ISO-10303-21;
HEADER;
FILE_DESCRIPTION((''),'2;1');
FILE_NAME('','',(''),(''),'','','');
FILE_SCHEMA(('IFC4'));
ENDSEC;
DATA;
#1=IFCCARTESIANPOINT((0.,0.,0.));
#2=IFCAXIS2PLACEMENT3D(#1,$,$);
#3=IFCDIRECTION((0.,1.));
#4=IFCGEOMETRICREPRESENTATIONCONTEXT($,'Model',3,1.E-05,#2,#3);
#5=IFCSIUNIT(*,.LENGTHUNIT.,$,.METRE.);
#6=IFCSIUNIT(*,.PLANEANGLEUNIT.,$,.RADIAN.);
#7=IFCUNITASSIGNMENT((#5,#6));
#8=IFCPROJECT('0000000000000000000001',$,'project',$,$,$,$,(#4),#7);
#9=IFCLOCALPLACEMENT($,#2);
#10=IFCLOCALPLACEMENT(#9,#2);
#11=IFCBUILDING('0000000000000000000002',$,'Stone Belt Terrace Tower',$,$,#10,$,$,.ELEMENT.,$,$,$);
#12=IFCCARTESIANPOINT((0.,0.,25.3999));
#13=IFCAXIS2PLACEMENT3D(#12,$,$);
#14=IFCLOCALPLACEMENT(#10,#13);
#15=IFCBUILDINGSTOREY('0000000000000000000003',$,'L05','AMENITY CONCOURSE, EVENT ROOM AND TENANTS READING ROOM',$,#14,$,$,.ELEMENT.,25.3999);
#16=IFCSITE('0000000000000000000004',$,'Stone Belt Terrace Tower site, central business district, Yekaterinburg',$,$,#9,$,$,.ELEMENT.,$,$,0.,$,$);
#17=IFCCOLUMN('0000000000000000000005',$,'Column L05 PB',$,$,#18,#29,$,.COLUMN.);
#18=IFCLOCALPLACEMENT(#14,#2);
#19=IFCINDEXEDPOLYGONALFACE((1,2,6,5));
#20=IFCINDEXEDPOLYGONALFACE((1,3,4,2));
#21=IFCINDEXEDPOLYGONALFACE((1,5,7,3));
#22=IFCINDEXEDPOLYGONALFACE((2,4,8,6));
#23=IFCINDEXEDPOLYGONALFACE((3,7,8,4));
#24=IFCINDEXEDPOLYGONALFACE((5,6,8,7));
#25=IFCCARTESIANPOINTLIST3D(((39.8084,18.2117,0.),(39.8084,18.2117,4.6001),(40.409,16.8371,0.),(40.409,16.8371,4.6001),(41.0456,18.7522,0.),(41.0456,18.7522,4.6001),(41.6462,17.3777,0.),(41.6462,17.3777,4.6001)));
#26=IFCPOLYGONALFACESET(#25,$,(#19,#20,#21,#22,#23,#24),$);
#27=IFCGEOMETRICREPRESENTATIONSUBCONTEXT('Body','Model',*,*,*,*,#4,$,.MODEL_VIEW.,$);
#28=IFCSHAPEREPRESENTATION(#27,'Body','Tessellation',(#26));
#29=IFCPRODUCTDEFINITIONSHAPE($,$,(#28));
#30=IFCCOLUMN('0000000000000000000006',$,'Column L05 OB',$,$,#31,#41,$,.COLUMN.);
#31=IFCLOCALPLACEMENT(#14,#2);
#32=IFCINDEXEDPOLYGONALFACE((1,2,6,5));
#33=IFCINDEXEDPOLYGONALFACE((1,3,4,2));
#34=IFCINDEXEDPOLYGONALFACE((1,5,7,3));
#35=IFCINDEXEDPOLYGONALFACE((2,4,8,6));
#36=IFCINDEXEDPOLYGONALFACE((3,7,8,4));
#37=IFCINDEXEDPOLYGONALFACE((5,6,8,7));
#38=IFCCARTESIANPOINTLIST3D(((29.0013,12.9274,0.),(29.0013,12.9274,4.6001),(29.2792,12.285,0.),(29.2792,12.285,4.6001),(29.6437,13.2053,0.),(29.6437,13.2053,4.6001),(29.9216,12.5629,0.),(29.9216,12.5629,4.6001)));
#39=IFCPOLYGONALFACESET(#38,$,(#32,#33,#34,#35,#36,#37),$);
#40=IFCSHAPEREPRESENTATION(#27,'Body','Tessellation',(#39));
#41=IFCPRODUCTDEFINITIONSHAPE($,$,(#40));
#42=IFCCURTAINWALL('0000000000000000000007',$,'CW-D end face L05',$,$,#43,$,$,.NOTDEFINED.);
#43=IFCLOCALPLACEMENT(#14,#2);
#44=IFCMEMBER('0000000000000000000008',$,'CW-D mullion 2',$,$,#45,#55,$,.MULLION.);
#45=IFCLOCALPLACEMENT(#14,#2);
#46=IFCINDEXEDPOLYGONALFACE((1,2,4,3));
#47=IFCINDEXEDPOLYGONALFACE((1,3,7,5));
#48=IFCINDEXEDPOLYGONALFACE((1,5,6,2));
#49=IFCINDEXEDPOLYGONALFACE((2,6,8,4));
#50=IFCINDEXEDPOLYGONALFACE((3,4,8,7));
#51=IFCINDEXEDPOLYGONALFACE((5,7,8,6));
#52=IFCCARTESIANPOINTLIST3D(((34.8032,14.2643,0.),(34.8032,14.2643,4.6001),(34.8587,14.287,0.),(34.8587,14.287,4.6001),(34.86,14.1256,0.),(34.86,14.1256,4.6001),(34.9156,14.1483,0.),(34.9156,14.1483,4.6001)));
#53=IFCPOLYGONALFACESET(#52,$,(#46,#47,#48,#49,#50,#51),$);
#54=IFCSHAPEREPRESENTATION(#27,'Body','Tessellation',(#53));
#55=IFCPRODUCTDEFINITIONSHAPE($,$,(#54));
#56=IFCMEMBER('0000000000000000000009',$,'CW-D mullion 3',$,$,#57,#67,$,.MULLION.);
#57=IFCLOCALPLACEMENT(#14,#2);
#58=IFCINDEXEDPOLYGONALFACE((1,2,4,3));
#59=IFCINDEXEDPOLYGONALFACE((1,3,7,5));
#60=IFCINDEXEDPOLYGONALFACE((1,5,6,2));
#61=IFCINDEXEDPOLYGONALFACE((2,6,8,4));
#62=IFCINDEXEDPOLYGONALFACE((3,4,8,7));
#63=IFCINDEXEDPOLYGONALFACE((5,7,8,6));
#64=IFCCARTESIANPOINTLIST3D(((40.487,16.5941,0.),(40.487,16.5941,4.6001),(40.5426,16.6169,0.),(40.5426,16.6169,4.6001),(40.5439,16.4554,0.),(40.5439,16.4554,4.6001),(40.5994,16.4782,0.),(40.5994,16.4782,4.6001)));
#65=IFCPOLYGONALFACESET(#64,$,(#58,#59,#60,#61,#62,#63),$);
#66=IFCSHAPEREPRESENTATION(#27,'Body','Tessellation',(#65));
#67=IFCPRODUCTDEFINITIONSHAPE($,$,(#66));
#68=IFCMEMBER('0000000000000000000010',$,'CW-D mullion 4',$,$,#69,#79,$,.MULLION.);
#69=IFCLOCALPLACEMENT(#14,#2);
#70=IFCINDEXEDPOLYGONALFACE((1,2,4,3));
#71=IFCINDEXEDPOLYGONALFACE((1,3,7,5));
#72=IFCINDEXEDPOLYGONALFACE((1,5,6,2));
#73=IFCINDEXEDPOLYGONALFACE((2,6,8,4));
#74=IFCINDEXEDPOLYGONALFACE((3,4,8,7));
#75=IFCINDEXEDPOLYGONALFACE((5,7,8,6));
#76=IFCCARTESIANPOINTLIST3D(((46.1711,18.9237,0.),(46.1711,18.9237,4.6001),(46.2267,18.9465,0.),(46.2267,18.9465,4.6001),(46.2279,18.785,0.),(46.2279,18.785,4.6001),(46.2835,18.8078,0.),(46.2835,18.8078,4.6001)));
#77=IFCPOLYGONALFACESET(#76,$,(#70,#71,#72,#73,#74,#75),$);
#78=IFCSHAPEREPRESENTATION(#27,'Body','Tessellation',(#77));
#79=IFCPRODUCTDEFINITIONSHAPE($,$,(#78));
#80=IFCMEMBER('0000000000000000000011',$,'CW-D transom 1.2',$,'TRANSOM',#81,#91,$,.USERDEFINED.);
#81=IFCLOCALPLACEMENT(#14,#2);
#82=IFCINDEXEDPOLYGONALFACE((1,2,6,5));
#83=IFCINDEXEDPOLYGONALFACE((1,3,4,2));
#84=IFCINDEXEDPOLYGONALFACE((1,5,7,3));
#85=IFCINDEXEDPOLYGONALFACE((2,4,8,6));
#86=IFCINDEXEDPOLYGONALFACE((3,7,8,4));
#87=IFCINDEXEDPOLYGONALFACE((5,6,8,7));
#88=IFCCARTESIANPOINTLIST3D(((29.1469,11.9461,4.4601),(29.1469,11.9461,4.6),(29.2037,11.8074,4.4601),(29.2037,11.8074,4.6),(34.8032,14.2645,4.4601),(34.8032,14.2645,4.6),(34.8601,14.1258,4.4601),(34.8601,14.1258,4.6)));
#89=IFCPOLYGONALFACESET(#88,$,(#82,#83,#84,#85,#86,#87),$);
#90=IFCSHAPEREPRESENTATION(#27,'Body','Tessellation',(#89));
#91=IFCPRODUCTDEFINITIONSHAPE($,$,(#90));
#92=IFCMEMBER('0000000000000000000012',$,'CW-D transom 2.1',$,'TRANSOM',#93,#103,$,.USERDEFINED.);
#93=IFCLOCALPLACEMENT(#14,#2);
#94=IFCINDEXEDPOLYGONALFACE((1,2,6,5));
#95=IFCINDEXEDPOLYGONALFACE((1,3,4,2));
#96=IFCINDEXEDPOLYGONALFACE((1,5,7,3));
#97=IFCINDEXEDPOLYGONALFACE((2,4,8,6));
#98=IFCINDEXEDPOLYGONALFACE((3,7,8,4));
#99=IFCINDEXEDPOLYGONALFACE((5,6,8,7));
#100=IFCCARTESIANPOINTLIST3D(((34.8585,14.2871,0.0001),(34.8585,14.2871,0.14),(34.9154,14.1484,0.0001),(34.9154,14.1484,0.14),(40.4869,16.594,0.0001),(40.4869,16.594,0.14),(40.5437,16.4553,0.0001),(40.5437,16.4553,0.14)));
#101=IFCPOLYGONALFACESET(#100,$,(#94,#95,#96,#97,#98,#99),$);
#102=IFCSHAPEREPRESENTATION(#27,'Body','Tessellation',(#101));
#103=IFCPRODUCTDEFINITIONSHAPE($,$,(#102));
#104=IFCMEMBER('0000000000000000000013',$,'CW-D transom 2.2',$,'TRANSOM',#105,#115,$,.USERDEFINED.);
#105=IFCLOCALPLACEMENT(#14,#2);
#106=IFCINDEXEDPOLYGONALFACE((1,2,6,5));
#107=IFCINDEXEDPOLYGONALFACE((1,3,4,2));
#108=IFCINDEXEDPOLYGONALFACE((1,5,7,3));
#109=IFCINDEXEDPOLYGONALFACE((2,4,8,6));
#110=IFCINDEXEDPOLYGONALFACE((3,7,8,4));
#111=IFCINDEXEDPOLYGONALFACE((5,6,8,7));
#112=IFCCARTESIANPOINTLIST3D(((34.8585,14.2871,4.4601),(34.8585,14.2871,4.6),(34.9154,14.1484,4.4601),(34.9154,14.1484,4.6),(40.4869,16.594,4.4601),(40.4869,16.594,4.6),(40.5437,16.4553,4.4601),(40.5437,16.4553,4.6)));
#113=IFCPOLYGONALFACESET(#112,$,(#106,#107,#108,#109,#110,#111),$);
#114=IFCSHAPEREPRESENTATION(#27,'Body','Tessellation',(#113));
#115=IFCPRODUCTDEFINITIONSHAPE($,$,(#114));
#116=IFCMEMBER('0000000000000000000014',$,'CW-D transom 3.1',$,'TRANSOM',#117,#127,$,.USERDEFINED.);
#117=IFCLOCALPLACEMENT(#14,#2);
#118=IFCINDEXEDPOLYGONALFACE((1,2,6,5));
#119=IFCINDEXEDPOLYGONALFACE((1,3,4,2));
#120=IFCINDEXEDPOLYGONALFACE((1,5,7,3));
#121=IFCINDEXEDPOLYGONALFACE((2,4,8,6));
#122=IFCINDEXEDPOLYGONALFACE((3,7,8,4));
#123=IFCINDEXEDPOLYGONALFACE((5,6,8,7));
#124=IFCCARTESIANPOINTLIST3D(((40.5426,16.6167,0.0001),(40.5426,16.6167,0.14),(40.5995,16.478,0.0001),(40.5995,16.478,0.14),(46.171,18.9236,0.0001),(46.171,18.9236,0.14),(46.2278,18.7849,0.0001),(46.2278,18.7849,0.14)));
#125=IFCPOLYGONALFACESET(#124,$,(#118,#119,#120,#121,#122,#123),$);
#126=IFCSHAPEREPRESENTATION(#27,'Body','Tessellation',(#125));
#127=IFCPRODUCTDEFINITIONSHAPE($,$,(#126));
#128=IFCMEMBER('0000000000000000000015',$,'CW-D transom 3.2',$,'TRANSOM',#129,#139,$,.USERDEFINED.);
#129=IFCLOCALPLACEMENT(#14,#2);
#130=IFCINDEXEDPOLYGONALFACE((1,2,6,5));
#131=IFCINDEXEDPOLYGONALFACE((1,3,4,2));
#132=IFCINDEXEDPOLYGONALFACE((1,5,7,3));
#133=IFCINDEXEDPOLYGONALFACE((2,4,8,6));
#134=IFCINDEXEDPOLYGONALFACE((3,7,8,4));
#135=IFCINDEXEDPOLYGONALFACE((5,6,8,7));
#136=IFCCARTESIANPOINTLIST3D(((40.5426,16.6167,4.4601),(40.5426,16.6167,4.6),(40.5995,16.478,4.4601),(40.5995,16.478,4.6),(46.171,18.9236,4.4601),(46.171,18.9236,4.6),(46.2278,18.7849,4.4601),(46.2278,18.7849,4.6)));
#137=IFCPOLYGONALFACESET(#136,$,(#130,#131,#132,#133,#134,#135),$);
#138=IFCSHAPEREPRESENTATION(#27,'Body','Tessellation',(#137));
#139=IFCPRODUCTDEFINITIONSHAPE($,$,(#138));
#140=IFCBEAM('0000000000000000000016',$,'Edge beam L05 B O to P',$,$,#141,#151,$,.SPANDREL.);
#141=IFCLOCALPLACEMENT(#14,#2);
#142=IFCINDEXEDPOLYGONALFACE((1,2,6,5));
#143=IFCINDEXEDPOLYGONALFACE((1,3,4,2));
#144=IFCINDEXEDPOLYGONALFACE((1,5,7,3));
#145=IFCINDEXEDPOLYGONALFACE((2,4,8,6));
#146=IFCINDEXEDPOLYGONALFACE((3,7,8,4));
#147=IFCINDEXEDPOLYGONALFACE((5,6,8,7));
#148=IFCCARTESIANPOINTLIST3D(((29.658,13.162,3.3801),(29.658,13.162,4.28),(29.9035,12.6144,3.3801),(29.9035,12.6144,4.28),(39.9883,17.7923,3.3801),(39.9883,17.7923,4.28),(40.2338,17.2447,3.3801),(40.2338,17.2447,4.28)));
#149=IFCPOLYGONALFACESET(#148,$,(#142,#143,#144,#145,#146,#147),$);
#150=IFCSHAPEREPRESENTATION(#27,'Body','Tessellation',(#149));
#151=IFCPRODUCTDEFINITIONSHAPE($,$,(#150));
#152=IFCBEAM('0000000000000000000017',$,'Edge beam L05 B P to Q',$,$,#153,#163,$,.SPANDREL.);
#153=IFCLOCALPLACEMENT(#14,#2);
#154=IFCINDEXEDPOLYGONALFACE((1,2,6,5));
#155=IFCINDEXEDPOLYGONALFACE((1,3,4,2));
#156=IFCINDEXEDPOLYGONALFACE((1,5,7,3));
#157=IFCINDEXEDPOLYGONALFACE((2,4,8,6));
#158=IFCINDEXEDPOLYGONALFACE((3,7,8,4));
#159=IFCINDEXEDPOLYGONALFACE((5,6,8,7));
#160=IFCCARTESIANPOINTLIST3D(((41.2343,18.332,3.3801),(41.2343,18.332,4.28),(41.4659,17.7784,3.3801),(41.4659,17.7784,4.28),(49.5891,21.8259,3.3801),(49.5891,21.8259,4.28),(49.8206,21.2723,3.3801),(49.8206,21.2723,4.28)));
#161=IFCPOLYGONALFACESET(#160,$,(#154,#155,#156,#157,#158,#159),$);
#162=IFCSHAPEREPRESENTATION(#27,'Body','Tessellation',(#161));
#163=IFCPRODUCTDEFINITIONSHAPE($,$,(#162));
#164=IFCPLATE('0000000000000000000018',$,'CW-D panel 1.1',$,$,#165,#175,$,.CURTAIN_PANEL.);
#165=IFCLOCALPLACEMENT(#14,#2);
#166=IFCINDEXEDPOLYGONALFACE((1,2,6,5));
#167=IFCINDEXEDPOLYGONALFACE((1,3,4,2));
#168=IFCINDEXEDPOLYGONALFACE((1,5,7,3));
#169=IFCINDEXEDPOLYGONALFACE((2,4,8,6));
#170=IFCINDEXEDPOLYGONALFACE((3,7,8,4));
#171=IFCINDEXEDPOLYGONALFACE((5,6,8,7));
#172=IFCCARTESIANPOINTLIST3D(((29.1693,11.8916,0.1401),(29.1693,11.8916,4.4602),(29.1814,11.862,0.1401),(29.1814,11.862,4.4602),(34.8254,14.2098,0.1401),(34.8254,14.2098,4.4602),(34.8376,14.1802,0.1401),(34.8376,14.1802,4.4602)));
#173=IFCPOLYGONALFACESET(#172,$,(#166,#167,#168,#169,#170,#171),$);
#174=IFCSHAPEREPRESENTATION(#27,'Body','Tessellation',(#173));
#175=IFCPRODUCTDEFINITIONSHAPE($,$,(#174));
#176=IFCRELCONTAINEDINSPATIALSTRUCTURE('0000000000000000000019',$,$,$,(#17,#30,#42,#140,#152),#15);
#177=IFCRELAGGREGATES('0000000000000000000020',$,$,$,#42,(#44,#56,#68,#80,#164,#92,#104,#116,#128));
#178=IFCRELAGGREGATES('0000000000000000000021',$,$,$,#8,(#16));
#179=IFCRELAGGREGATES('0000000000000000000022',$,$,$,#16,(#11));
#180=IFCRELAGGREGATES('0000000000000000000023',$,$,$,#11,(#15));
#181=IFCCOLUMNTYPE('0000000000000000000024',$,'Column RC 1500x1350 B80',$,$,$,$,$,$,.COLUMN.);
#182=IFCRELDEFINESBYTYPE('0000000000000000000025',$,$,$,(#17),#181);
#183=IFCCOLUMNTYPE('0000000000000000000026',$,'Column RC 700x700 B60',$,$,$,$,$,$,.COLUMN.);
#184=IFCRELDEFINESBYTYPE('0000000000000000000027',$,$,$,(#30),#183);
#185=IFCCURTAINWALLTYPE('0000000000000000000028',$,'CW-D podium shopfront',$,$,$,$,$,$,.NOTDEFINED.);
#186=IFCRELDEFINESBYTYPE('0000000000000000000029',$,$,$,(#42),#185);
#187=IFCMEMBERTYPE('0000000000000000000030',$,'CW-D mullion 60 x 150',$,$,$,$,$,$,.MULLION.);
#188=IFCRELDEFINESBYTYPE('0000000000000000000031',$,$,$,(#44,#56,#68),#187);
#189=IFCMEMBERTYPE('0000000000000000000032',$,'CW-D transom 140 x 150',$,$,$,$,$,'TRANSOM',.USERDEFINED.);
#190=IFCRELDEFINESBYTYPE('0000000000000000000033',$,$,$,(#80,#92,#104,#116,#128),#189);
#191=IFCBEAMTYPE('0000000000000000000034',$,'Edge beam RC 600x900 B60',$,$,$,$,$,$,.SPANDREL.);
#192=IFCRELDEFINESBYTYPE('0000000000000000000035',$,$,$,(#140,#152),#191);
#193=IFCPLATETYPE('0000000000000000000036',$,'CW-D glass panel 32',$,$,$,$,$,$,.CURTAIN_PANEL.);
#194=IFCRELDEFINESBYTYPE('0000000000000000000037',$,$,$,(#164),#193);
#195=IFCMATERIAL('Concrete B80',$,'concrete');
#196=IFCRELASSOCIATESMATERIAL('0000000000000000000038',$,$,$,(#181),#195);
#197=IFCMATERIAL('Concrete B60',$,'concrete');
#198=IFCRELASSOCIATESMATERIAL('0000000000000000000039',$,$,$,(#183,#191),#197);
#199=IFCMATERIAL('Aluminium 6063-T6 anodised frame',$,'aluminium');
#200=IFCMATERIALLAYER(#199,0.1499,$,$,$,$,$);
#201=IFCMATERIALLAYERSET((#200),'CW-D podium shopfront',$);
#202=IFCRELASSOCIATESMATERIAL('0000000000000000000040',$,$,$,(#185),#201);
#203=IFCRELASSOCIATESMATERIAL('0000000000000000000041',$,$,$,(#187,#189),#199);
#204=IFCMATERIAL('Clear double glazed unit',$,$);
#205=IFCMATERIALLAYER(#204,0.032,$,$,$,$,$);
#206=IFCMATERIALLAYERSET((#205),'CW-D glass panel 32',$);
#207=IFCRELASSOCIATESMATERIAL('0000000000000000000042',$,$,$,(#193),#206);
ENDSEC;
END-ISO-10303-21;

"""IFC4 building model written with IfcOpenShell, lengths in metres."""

from ifc_helpers import new_model, si_unit, direction, frame, origin, origin_2d, place, context, subcontext, project, spatial, rectangle, extrude, material, layer, layer_set, material_profile, profile_set, type_object, element, aggregate, save


model = new_model("IFC4")

# Units and contexts
model_context = context("Model", 3, precision=1e-05, world=origin(), true_north=direction((0.0, 1.0)))
body_context = subcontext(model_context, "Body", "Model", "MODEL_VIEW")
ifc_project = project(units=[si_unit("LENGTHUNIT", "METRE"), si_unit("PLANEANGLEUNIT", "RADIAN")], contexts=[model_context])

# Site, building, storey
site_placement = place(None, origin())
site = spatial("IfcSite", under=ifc_project, at=site_placement, Name="Stone Belt Terrace Tower site, central business district, Yekaterinburg", CompositionType="ELEMENT", RefElevation=0.0)
building_placement = place(site_placement, origin())
building = spatial("IfcBuilding", under=site, at=building_placement, Name="Stone Belt Terrace Tower", CompositionType="ELEMENT")
storey_placement = place(building_placement, frame((0.0, 0.0, 25.3999)))
storey = spatial("IfcBuildingStorey", under=building, at=storey_placement, Name="L05", Description="AMENITY CONCOURSE, EVENT ROOM AND TENANTS READING ROOM", CompositionType="ELEMENT", Elevation=25.3999)

# Columns
ifc_material_1 = material(Name="Concrete B80", Category="concrete")
ifc_material_profile_1 = material_profile(ifc_material_1, rectangle(XDim=1.5, YDim=1.3501, at=origin_2d()), Name="RC 1500x1350")
ifc_profile_set_1 = profile_set([ifc_material_profile_1], Name="Concrete B80")
column_type_1 = type_object("IfcColumnType", Name="Column RC 1500x1350 B80", PredefinedType="COLUMN", material=ifc_profile_set_1)
column_1_placement = place(storey_placement, frame((40.7273, 17.7947, 0.0), z_axis=(0.0, 0.0, 1.0), x_axis=(0.400376, -0.916351, 0.0)))
element("IfcColumn", 1, at=column_1_placement, inside=storey, type_object=column_type_1, Name="Column L05 PB", PredefinedType="COLUMN", context=body_context, shape_type="SweptSolid", body=[
    extrude(rectangle(XDim=1.5, YDim=1.3501, at=origin_2d()), origin(), (0.0, 0.0, 1.0), 4.6001),
])
ifc_material_2 = material(Name="Concrete B60", Category="concrete")
ifc_material_profile_2 = material_profile(ifc_material_2, rectangle(XDim=0.7, YDim=0.7, at=origin_2d()), Name="RC 700x700")
ifc_profile_set_2 = profile_set([ifc_material_profile_2], Name="Concrete B60")
column_type_2 = type_object("IfcColumnType", Name="Column RC 700x700 B60", PredefinedType="COLUMN", material=ifc_profile_set_2)
column_2_placement = place(storey_placement, frame((29.4614, 12.7451, 0.0), z_axis=(0.0, 0.0, 1.0), x_axis=(0.397044, -0.9178, 0.0)))
element("IfcColumn", 2, at=column_2_placement, inside=storey, type_object=column_type_2, Name="Column L05 OB", PredefinedType="COLUMN", context=body_context, shape_type="SweptSolid", body=[
    extrude(rectangle(XDim=0.7, YDim=0.7, at=origin_2d()), origin(), (0.0, 0.0, 1.0), 4.6001),
])

# Curtain wall, members
ifc_material_3 = material(Name="Aluminium 6063-T6 anodised frame", Category="aluminium")
ifc_layer_1 = layer(ifc_material_3, 0.1499)
ifc_layer_set_1 = layer_set([ifc_layer_1], Name="CW-D podium shopfront")
curtain_wall_type = type_object("IfcCurtainWallType", Name="CW-D podium shopfront", PredefinedType="NOTDEFINED", material=ifc_layer_set_1)
curtain_wall_placement = place(storey_placement, origin())
curtain_wall = element("IfcCurtainWall", 3, at=curtain_wall_placement, inside=storey, type_object=curtain_wall_type, Name="CW-D end face L05", PredefinedType="NOTDEFINED")
ifc_material_profile_3 = material_profile(ifc_material_3, rectangle(XDim=0.1499, YDim=0.0601, at=origin_2d()), Name="Aluminium 6063-T6 60x150")
ifc_profile_set_3 = profile_set([ifc_material_profile_3], Name="Aluminium 6063-T6 anodised frame")
member_type_1 = type_object("IfcMemberType", Name="CW-D mullion 60 x 150", PredefinedType="MULLION", material=ifc_profile_set_3)
member_1_placement = place(storey_placement, frame((34.8594, 14.2063, 0.0), z_axis=(0.0, 0.0, 1.0), x_axis=(-0.379243, 0.925297, 0.0)))
member_1 = element("IfcMember", 4, at=member_1_placement, type_object=member_type_1, Name="CW-D mullion 2", PredefinedType="MULLION", context=body_context, shape_type="SweptSolid", body=[
    extrude(rectangle(XDim=0.1499, YDim=0.0601, at=origin_2d()), origin(), (0.0, 0.0, 1.0), 4.6001),
])
member_2_placement = place(storey_placement, frame((40.5432, 16.5361, 0.0), z_axis=(0.0, 0.0, 1.0), x_axis=(-0.379243, 0.925297, 0.0)))
member_2 = element("IfcMember", 5, at=member_2_placement, type_object=member_type_1, Name="CW-D mullion 3", PredefinedType="MULLION", context=body_context, shape_type="SweptSolid", body=[
    extrude(rectangle(XDim=0.1499, YDim=0.0601, at=origin_2d()), origin(), (0.0, 0.0, 1.0), 4.6001),
])
member_3_placement = place(storey_placement, frame((46.2273, 18.8657, 0.0), z_axis=(0.0, 0.0, 1.0), x_axis=(-0.379243, 0.925297, 0.0)))
member_3 = element("IfcMember", 6, at=member_3_placement, type_object=member_type_1, Name="CW-D mullion 4", PredefinedType="MULLION", context=body_context, shape_type="SweptSolid", body=[
    extrude(rectangle(XDim=0.1499, YDim=0.0601, at=origin_2d()), origin(), (0.0, 0.0, 1.0), 4.6001),
])
ifc_material_profile_4 = material_profile(ifc_material_3, rectangle(XDim=0.1499, YDim=0.1399, at=origin_2d()), Name="Aluminium 6063-T6 150x140")
ifc_profile_set_4 = profile_set([ifc_material_profile_4], Name="Aluminium 6063-T6 anodised frame")
member_type_2 = type_object("IfcMemberType", Name="CW-D transom 140 x 150", ElementType="TRANSOM", PredefinedType="USERDEFINED", material=ifc_profile_set_4)
member_4_placement = place(storey_placement, frame((29.1753, 11.8767, 4.53), z_axis=(0.925292, 0.379255, 0.0), x_axis=(-0.379255, 0.925292, 0.0)))
member_4 = element("IfcMember", 7, at=member_4_placement, type_object=member_type_2, Name="CW-D transom 1.2", ObjectType="TRANSOM", PredefinedType="USERDEFINED", context=body_context, shape_type="SweptSolid", body=[
    extrude(rectangle(XDim=0.1499, YDim=0.1399, at=origin_2d()), origin(), (0.0, 0.0, 1.0), 6.113),
])
member_5_placement = place(storey_placement, frame((34.887, 14.2178, 0.0701), z_axis=(0.925296, 0.379245, 0.0), x_axis=(-0.379245, 0.925296, 0.0)))
member_5 = element("IfcMember", 8, at=member_5_placement, type_object=member_type_2, Name="CW-D transom 2.1", ObjectType="TRANSOM", PredefinedType="USERDEFINED", context=body_context, shape_type="SweptSolid", body=[
    extrude(rectangle(XDim=0.1499, YDim=0.1399, at=origin_2d()), origin(), (0.0, 0.0, 1.0), 6.0828),
])
member_6_placement = place(storey_placement, frame((34.887, 14.2178, 4.53), z_axis=(0.925296, 0.379245, 0.0), x_axis=(-0.379245, 0.925296, 0.0)))
member_6 = element("IfcMember", 9, at=member_6_placement, type_object=member_type_2, Name="CW-D transom 2.2", ObjectType="TRANSOM", PredefinedType="USERDEFINED", context=body_context, shape_type="SweptSolid", body=[
    extrude(rectangle(XDim=0.1499, YDim=0.1399, at=origin_2d()), origin(), (0.0, 0.0, 1.0), 6.0828),
])
member_7_placement = place(storey_placement, frame((40.571, 16.5474, 0.0701), z_axis=(0.925296, 0.379245, 0.0), x_axis=(-0.379245, 0.925296, 0.0)))
member_7 = element("IfcMember", 10, at=member_7_placement, type_object=member_type_2, Name="CW-D transom 3.1", ObjectType="TRANSOM", PredefinedType="USERDEFINED", context=body_context, shape_type="SweptSolid", body=[
    extrude(rectangle(XDim=0.1499, YDim=0.1399, at=origin_2d()), origin(), (0.0, 0.0, 1.0), 6.0828),
])
member_8_placement = place(storey_placement, frame((40.571, 16.5474, 4.53), z_axis=(0.925296, 0.379245, 0.0), x_axis=(-0.379245, 0.925296, 0.0)))
member_8 = element("IfcMember", 11, at=member_8_placement, type_object=member_type_2, Name="CW-D transom 3.2", ObjectType="TRANSOM", PredefinedType="USERDEFINED", context=body_context, shape_type="SweptSolid", body=[
    extrude(rectangle(XDim=0.1499, YDim=0.1399, at=origin_2d()), origin(), (0.0, 0.0, 1.0), 6.0828),
])

# Beams
ifc_material_profile_5 = material_profile(ifc_material_2, rectangle(XDim=0.6001, YDim=0.8999, at=origin_2d()), Name="RC 600x900")
ifc_profile_set_5 = profile_set([ifc_material_profile_5], Name="Concrete B60")
beam_type = type_object("IfcBeamType", Name="Edge beam RC 600x900 B60", PredefinedType="SPANDREL", material=ifc_profile_set_5)
beam_1_placement = place(storey_placement, frame((29.7808, 12.8882, 3.8301), z_axis=(0.912525, 0.409022, 0.0), x_axis=(-0.409022, 0.912525, 0.0)))
element("IfcBeam", 12, at=beam_1_placement, inside=storey, type_object=beam_type, Name="Edge beam L05 B O to P", PredefinedType="SPANDREL", context=body_context, shape_type="SweptSolid", body=[
    extrude(rectangle(XDim=0.6001, YDim=0.8999, at=origin_2d()), origin(), (0.0, 0.0, 1.0), 11.3206),
])
beam_2_placement = place(storey_placement, frame((41.3501, 18.0552, 3.8301), z_axis=(0.922576, 0.385815, 0.0), x_axis=(-0.385815, 0.922576, 0.0)))
element("IfcBeam", 13, at=beam_2_placement, inside=storey, type_object=beam_type, Name="Edge beam L05 B P to Q", PredefinedType="SPANDREL", context=body_context, shape_type="SweptSolid", body=[
    extrude(rectangle(XDim=0.6001, YDim=0.8999, at=origin_2d()), origin(), (0.0, 0.0, 1.0), 9.0559),
])

# Plate
ifc_material_4 = material(Name="Clear double glazed unit")
ifc_layer_2 = layer(ifc_material_4, 0.032)
ifc_layer_set_2 = layer_set([ifc_layer_2], Name="CW-D glass panel 32")
plate_type = type_object("IfcPlateType", Name="CW-D glass panel 32", PredefinedType="CURTAIN_PANEL", material=ifc_layer_set_2)
plate_1_placement = place(storey_placement, frame((32.0034, 13.0359, 0.1401), z_axis=(0.0, 0.0, 1.0), x_axis=(0.925297, 0.379243, 0.0)))
plate_1 = element("IfcPlate", 14, at=plate_1_placement, type_object=plate_type, Name="CW-D panel 1.1", PredefinedType="CURTAIN_PANEL", context=body_context, shape_type="SweptSolid", body=[
    extrude(rectangle(XDim=6.1128, YDim=0.032, at=origin_2d()), origin(), (0.0, 0.0, 1.0), 4.3201),
])
aggregate(curtain_wall, [member_1, member_2, member_3, member_4, plate_1, member_5, member_6, member_7, member_8])

save(model, "model.ifc")
